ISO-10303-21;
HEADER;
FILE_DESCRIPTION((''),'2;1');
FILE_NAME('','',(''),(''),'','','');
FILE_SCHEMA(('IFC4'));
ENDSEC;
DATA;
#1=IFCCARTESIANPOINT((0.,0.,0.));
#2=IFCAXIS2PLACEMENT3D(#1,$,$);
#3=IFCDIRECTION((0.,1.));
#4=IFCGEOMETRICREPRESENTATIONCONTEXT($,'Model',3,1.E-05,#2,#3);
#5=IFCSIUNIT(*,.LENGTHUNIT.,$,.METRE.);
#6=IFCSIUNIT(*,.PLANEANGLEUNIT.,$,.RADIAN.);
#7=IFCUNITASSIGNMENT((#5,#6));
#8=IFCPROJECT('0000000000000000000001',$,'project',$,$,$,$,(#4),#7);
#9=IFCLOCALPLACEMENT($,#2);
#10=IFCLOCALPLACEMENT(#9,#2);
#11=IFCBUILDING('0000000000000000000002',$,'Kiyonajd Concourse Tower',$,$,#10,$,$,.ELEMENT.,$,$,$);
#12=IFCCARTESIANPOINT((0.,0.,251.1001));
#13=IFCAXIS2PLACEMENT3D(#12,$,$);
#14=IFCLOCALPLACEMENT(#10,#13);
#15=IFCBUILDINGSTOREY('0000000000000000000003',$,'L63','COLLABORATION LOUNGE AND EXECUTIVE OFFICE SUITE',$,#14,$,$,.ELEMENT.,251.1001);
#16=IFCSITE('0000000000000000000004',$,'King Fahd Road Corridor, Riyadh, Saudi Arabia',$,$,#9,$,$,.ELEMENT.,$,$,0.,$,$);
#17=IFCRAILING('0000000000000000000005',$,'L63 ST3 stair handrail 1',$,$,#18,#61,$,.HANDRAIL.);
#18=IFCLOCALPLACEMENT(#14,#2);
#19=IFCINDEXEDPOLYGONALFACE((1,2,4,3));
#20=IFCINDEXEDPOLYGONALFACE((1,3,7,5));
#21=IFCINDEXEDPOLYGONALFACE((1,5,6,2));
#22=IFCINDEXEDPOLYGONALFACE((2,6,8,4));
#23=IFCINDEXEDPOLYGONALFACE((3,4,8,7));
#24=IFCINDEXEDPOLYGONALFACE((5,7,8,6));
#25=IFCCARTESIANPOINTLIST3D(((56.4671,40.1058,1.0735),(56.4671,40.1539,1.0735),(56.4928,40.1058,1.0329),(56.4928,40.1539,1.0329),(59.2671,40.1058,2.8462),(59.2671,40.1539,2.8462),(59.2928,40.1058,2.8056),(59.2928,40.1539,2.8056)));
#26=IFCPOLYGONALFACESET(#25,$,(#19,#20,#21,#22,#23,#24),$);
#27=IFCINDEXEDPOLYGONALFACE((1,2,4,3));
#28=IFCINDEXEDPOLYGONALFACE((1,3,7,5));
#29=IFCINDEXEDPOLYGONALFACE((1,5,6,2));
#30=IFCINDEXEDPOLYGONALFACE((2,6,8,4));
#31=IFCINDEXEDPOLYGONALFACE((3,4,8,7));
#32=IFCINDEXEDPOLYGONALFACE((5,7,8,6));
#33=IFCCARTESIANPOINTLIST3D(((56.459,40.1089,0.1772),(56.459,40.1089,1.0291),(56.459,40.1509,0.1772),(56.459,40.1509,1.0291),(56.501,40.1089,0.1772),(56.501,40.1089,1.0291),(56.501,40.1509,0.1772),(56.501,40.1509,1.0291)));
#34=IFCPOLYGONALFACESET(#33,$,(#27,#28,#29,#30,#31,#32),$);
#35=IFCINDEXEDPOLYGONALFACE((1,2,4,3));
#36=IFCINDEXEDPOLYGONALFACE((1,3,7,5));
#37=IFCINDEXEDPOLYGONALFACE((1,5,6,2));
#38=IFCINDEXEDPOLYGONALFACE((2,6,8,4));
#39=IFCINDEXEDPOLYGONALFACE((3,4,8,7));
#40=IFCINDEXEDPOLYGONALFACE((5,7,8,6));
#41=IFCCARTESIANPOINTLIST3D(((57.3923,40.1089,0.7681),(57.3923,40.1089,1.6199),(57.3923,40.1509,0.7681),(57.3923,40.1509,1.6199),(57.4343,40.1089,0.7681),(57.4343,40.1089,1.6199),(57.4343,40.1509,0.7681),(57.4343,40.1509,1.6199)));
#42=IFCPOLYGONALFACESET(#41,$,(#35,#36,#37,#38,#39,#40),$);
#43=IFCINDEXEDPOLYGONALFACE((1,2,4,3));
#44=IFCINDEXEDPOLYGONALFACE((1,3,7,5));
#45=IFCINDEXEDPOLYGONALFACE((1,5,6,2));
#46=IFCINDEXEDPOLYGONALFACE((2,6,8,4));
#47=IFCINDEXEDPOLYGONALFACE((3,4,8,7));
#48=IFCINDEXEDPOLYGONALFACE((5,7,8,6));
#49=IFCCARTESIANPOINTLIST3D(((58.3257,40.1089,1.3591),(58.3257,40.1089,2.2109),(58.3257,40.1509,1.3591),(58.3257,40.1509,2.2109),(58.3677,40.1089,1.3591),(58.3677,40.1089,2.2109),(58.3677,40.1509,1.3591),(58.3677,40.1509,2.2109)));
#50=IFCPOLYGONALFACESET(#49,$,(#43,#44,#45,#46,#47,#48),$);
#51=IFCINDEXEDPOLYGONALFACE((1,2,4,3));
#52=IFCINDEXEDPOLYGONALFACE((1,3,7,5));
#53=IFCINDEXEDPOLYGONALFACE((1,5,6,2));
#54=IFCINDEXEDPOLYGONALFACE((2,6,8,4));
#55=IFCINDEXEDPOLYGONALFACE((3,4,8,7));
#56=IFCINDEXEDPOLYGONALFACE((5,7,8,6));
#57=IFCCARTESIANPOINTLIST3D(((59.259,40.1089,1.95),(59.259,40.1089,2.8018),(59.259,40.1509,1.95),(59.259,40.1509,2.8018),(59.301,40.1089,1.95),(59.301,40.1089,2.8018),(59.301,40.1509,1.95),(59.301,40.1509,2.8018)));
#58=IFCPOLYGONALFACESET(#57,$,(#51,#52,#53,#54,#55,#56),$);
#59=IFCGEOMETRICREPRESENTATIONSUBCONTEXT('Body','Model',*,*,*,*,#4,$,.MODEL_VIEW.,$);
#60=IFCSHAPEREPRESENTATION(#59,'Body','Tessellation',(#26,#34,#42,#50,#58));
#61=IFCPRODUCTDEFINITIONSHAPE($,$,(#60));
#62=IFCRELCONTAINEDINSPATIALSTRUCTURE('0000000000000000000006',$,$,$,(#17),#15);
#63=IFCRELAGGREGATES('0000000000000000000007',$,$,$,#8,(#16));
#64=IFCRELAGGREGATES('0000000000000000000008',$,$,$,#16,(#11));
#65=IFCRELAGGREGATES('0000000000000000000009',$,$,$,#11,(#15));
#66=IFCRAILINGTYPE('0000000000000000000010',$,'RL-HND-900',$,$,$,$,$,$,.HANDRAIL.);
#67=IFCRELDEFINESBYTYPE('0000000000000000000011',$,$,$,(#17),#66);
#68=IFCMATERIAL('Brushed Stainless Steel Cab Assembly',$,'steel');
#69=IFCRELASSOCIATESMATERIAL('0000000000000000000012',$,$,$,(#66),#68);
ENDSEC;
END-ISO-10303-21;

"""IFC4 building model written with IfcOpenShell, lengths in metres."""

from ifc_helpers import new_model, si_unit, direction, frame, origin, origin_2d, place, context, subcontext, project, spatial, rectangle, extrude, material, type_object, element, save


model = new_model("IFC4")

# Units and contexts
model_context = context("Model", 3, precision=1e-05, world=origin(), true_north=direction((0.0, 1.0)))
body_context = subcontext(model_context, "Body", "Model", "MODEL_VIEW")
ifc_project = project(units=[si_unit("LENGTHUNIT", "METRE"), si_unit("PLANEANGLEUNIT", "RADIAN")], contexts=[model_context])

# Site, building, storey
site_placement = place(None, origin())
site = spatial("IfcSite", under=ifc_project, at=site_placement, Name="King Fahd Road Corridor, Riyadh, Saudi Arabia", CompositionType="ELEMENT", RefElevation=0.0)
building_placement = place(site_placement, origin())
building = spatial("IfcBuilding", under=site, at=building_placement, Name="Kiyonajd Concourse Tower", CompositionType="ELEMENT")
storey_placement = place(building_placement, frame((0.0, 0.0, 251.1001)))
storey = spatial("IfcBuildingStorey", under=building, at=storey_placement, Name="L63", Description="COLLABORATION LOUNGE AND EXECUTIVE OFFICE SUITE", CompositionType="ELEMENT", Elevation=251.1001)

# Shared definitions
ifc_material_1 = material(Name="Brushed Stainless Steel Cab Assembly", Category="steel")

# Railing
railing_type_1 = type_object("IfcRailingType", Name="RL-HND-900", PredefinedType="HANDRAIL", material=ifc_material_1)
railing_1_placement = place(storey_placement, frame((56.48, 40.1299, 0.1772)))
element("IfcRailing", 1, at=railing_1_placement, inside=storey, type_object=railing_type_1, Name="L63 ST3 stair handrail 1", PredefinedType="HANDRAIL", context=body_context, shape_type="SweptSolid", body=[
    extrude(rectangle(XDim=0.0481, YDim=0.0481, at=origin_2d()), frame((0.0, 0.0, 0.876), z_axis=(0.844909, 0.0, 0.53491), x_axis=(0.0, 1.0, 0.0)), (0.0, 0.0, 1.0), 3.314),
    extrude(rectangle(XDim=0.042, YDim=0.042, at=origin_2d()), origin(), (0.0, 0.0, 1.0), 0.8518),
    extrude(rectangle(XDim=0.042, YDim=0.042, at=origin_2d()), frame((0.9333, 0.0, 0.5908)), (0.0, 0.0, 1.0), 0.8518),
    extrude(rectangle(XDim=0.042, YDim=0.042, at=origin_2d()), frame((1.8667, 0.0, 1.1819)), (0.0, 0.0, 1.0), 0.8518),
    extrude(rectangle(XDim=0.042, YDim=0.042, at=origin_2d()), frame((2.8, 0.0, 1.7727)), (0.0, 0.0, 1.0), 0.8518),
])

save(model, "model.ifc")
